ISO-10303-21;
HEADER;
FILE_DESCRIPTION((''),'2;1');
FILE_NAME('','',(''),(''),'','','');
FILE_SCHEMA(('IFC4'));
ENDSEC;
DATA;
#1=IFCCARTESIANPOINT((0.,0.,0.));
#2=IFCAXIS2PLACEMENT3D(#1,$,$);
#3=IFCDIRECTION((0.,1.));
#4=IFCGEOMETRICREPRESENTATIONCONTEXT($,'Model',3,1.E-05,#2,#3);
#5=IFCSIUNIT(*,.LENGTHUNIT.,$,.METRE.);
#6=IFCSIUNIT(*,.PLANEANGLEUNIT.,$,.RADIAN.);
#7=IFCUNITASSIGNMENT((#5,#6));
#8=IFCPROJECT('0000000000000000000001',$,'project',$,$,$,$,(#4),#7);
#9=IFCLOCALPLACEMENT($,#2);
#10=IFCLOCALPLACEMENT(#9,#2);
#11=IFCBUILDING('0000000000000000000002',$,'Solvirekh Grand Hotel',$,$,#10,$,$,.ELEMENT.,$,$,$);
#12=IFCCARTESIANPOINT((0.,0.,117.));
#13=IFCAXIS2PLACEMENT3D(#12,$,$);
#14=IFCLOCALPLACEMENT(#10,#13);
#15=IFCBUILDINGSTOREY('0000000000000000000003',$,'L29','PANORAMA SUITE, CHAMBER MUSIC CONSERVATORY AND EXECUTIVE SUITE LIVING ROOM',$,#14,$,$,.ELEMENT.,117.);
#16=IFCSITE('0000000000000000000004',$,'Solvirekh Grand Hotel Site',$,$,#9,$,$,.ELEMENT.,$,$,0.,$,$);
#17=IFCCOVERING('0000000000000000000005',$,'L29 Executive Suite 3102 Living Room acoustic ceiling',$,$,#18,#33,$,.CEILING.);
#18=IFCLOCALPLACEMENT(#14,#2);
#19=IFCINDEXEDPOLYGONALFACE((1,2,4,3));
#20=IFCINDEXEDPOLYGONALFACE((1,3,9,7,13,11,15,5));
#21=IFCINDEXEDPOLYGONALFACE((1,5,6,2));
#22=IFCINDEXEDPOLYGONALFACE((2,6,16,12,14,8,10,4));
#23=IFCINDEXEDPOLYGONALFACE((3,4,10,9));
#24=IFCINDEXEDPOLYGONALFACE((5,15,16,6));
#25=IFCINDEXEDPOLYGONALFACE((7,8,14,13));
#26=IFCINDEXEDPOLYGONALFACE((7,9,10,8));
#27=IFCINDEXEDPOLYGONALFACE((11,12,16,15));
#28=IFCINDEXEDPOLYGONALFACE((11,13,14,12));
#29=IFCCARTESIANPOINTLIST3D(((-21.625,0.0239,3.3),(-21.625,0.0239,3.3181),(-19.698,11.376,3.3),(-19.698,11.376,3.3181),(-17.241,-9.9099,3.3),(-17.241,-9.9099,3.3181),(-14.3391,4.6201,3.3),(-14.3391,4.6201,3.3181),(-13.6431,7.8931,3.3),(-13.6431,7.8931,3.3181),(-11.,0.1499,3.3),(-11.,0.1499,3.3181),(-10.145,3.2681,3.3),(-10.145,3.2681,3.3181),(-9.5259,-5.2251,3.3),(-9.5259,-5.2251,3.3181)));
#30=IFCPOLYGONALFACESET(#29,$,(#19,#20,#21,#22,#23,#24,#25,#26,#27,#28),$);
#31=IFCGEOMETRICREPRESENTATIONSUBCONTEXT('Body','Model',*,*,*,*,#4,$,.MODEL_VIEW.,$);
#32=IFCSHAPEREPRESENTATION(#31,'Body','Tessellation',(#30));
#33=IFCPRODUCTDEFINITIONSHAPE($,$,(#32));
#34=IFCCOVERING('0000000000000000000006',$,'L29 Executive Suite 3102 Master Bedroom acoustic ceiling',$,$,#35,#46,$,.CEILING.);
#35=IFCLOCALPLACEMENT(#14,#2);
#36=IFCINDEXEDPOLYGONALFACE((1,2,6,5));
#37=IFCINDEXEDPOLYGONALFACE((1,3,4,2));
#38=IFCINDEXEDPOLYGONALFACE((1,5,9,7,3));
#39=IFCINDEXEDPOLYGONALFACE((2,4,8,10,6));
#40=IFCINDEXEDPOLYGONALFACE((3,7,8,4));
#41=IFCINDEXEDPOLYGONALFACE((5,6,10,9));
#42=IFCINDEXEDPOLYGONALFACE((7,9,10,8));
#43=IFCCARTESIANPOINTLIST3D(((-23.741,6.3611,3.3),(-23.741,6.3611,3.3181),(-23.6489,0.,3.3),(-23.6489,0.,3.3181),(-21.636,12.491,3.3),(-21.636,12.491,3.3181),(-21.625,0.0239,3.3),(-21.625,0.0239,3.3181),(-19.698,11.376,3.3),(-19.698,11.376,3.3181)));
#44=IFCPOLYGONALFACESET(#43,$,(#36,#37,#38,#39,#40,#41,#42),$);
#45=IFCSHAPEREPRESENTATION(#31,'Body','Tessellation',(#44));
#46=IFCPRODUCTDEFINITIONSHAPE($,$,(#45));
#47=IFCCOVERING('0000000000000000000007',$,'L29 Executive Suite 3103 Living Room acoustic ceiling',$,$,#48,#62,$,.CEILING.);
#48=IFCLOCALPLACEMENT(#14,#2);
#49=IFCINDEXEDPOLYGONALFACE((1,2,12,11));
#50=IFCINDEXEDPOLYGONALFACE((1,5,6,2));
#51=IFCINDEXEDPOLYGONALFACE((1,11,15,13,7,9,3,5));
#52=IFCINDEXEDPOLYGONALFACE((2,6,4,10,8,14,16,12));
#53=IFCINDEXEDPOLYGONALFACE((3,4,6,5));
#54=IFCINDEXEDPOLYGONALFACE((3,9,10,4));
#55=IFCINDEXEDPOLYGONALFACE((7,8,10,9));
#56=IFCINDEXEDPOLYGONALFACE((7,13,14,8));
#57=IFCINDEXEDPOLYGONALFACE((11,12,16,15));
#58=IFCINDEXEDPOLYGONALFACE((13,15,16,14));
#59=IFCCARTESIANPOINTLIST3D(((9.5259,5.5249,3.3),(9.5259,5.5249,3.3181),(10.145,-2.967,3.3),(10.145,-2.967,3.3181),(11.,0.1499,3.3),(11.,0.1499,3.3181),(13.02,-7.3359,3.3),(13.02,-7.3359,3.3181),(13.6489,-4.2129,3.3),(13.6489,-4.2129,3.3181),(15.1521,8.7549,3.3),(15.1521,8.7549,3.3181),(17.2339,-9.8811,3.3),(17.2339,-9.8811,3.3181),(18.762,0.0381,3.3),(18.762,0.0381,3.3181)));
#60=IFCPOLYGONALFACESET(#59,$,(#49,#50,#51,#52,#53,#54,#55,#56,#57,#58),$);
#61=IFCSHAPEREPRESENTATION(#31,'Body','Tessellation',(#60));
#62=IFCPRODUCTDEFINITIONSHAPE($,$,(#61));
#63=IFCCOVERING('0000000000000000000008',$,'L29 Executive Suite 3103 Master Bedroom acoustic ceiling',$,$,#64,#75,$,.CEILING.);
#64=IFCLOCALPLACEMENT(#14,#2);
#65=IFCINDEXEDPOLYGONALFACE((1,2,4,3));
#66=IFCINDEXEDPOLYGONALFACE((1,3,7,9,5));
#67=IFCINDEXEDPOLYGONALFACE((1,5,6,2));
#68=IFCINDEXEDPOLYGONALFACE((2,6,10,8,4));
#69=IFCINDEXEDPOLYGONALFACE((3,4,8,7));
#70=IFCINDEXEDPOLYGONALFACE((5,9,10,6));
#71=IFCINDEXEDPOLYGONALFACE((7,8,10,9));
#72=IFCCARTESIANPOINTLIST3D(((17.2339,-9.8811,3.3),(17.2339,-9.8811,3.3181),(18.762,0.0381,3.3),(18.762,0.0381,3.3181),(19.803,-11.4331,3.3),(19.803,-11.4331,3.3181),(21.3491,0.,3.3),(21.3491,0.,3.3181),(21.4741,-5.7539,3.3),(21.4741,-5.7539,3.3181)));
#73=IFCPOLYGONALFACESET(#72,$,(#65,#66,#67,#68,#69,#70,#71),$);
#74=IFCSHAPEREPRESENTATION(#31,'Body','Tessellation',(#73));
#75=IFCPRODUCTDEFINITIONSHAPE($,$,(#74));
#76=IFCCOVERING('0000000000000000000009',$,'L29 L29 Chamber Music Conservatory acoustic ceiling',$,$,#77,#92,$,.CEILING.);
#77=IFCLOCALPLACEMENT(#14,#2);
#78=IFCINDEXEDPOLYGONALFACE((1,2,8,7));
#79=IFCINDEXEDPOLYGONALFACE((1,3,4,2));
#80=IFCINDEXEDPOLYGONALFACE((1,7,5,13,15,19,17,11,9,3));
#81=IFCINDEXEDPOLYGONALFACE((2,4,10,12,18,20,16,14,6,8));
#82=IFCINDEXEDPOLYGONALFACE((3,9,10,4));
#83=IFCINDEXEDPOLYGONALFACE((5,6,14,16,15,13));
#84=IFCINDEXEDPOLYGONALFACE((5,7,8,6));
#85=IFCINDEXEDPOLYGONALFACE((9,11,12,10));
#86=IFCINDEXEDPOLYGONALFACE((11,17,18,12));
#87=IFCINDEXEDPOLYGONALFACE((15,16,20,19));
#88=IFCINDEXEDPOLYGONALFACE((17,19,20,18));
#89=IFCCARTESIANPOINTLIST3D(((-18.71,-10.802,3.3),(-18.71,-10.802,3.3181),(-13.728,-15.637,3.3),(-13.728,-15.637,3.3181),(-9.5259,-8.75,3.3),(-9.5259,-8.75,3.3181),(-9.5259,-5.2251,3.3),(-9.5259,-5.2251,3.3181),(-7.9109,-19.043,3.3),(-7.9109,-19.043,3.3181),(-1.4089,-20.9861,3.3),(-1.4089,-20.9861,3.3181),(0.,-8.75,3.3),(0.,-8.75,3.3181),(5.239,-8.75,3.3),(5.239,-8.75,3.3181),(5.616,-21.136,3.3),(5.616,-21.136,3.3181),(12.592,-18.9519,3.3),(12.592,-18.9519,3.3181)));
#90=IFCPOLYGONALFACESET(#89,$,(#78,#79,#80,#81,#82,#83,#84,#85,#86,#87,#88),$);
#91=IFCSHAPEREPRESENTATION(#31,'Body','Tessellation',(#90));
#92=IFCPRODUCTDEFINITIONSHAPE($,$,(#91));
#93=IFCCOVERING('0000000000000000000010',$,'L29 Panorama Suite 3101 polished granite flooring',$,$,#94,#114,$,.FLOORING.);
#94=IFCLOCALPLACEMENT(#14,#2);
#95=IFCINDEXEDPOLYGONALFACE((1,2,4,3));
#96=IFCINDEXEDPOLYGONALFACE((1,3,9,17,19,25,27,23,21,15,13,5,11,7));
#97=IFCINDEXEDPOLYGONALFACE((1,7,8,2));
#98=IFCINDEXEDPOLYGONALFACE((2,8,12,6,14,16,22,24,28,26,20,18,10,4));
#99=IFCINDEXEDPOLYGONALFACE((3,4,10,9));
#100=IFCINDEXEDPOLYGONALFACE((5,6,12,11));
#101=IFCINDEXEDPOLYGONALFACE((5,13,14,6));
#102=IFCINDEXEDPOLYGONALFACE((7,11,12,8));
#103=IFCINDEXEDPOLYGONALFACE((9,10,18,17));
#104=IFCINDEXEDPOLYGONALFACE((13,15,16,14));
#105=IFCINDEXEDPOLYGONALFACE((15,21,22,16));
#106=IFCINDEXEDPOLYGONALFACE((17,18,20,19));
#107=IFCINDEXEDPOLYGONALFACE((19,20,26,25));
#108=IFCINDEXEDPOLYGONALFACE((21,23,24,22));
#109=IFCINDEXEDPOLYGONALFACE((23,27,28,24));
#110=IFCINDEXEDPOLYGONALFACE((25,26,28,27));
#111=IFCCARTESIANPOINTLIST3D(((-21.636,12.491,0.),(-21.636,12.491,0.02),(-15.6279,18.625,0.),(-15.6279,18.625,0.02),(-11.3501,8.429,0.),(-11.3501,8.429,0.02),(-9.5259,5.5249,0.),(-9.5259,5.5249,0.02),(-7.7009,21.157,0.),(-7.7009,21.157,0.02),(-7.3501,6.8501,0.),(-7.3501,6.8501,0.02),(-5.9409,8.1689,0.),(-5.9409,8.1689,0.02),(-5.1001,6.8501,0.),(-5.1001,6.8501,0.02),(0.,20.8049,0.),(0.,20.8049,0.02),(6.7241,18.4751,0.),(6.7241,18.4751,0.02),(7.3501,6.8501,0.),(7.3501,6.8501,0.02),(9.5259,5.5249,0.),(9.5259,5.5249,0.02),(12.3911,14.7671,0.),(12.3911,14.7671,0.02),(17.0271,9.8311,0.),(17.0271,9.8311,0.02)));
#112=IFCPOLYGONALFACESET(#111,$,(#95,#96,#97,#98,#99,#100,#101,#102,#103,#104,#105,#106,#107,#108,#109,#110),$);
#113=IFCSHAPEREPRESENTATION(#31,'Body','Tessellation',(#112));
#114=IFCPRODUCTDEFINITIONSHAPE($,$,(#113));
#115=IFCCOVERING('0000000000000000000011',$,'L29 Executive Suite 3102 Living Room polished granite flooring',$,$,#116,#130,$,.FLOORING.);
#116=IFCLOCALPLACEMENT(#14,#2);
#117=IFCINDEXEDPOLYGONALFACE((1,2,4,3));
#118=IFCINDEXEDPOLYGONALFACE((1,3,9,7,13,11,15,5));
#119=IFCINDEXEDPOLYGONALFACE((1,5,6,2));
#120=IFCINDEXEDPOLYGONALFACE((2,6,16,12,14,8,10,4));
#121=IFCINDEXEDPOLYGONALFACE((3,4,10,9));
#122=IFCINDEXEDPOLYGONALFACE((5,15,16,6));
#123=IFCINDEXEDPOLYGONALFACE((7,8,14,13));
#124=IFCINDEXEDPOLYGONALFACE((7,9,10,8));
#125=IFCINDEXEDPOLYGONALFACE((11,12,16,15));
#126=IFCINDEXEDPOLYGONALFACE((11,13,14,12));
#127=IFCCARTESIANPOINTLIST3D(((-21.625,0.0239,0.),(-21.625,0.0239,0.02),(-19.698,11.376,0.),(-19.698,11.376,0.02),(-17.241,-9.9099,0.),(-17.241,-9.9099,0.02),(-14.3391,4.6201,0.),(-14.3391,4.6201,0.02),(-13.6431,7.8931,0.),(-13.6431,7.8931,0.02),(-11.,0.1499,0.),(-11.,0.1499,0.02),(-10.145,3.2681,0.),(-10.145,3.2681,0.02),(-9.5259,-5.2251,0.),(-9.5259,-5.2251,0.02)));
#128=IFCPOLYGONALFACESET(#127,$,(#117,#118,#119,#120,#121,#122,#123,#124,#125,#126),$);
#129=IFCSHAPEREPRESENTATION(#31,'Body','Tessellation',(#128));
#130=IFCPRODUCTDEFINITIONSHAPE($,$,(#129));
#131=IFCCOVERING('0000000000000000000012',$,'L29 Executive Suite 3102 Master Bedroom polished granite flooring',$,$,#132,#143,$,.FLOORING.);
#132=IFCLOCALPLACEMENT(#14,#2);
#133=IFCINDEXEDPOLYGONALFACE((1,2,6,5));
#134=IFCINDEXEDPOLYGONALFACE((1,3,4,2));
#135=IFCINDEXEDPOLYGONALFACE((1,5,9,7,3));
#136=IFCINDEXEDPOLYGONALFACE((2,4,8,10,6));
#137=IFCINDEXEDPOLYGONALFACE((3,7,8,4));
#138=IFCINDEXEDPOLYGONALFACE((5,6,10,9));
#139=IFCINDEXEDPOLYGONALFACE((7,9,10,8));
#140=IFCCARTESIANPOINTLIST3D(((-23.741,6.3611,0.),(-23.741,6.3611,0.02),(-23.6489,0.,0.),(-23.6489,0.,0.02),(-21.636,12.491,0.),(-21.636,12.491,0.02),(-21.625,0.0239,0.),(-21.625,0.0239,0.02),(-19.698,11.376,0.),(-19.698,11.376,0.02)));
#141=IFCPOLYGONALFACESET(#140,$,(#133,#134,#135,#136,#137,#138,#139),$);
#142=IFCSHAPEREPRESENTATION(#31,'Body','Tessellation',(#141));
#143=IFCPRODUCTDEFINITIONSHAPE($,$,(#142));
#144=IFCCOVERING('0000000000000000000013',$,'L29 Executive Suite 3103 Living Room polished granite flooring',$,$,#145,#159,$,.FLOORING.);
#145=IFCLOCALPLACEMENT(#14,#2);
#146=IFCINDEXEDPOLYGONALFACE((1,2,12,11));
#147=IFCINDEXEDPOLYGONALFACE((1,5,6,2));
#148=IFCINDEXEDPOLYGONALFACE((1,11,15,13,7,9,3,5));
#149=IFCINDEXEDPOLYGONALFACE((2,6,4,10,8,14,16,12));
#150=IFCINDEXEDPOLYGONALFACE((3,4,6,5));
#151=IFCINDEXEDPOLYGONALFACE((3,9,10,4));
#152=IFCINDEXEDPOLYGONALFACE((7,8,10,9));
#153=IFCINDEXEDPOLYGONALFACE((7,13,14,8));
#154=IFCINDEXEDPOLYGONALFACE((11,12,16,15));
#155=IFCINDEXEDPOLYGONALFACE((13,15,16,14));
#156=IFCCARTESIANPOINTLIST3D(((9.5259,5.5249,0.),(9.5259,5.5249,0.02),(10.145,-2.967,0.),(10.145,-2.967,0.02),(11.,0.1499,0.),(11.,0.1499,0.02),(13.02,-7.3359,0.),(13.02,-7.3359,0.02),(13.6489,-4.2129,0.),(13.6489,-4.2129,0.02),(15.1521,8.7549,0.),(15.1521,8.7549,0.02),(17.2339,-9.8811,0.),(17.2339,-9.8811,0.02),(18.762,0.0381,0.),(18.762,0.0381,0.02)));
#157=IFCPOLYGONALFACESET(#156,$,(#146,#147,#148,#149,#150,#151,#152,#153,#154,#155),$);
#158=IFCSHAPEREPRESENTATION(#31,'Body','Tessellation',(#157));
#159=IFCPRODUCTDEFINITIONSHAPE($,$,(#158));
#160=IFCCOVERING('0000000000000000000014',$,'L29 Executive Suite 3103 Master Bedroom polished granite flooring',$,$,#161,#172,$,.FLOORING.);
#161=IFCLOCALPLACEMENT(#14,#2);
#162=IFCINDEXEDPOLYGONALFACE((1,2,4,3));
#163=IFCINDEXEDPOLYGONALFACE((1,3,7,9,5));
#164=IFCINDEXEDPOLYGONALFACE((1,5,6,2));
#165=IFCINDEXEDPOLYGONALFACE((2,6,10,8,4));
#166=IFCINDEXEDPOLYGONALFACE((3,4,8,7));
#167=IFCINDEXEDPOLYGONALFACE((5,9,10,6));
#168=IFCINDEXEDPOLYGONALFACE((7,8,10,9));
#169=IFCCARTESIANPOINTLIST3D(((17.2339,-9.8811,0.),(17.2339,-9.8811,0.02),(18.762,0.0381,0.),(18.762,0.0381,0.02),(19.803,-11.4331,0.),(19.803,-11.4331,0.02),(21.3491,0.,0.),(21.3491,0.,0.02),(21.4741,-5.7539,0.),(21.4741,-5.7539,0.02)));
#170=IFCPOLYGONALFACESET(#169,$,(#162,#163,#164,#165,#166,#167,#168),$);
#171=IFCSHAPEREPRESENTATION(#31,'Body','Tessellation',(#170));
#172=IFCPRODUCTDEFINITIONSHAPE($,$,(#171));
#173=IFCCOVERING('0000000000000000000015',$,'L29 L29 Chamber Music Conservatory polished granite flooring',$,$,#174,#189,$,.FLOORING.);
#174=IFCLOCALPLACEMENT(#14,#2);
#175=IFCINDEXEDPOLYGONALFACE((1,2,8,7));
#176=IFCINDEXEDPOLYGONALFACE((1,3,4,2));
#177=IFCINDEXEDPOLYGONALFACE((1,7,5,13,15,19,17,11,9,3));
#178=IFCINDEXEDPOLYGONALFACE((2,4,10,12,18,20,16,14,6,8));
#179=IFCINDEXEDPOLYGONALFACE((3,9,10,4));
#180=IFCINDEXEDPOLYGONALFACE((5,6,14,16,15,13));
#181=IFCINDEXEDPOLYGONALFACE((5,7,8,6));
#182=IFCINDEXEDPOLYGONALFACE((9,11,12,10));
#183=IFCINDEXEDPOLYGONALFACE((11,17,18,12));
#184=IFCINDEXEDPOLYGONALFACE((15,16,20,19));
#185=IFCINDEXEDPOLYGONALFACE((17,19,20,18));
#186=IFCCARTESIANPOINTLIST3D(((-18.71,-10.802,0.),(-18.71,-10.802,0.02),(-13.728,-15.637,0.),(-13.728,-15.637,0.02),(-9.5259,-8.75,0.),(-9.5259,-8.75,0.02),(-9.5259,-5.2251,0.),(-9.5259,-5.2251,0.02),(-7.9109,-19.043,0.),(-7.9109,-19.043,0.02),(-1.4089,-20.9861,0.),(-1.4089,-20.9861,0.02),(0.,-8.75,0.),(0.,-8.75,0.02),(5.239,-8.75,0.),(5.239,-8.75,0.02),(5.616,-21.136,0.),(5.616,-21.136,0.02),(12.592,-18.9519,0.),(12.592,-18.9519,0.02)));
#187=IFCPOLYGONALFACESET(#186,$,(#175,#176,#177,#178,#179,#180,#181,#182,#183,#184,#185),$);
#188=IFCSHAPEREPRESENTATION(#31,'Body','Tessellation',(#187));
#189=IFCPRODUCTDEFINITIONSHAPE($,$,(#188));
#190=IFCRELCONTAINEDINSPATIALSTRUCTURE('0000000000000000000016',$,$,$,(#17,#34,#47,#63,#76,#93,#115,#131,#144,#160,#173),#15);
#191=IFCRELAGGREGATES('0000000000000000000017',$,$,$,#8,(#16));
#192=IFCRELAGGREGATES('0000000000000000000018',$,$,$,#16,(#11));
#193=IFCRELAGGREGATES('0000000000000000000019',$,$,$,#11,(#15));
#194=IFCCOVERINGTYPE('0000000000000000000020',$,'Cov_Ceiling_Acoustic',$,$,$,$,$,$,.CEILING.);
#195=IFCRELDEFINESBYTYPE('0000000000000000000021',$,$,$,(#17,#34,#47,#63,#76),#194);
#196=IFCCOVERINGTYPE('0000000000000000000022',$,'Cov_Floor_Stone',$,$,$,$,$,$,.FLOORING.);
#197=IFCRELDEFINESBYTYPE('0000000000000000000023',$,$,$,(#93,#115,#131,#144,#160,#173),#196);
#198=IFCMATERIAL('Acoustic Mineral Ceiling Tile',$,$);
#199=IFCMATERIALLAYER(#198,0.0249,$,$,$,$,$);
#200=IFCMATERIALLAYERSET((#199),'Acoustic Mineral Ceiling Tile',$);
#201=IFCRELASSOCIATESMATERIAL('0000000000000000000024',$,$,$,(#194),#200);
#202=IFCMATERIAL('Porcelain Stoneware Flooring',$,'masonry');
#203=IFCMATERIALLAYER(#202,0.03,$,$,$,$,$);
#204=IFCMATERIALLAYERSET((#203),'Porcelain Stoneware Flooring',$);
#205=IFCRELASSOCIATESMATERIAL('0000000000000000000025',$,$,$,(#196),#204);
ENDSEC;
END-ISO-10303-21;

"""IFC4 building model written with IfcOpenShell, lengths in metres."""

from ifc_helpers import new_model, si_unit, direction, frame, origin, place, context, subcontext, project, spatial, polyline, outline, extrude, material, layer, layer_set, type_object, element, save


model = new_model("IFC4")

# Units and contexts
model_context = context("Model", 3, precision=1e-05, world=origin(), true_north=direction((0.0, 1.0)))
body_context = subcontext(model_context, "Body", "Model", "MODEL_VIEW")
ifc_project = project(units=[si_unit("LENGTHUNIT", "METRE"), si_unit("PLANEANGLEUNIT", "RADIAN")], contexts=[model_context])

# Site, building, storey
site_placement = place(None, origin())
site = spatial("IfcSite", under=ifc_project, at=site_placement, Name="Solvirekh Grand Hotel Site", CompositionType="ELEMENT", RefElevation=0.0)
building_placement = place(site_placement, origin())
building = spatial("IfcBuilding", under=site, at=building_placement, Name="Solvirekh Grand Hotel", CompositionType="ELEMENT")
storey_placement = place(building_placement, frame((0.0, 0.0, 117.0)))
storey = spatial("IfcBuildingStorey", under=building, at=storey_placement, Name="L29", Description="PANORAMA SUITE, CHAMBER MUSIC CONSERVATORY AND EXECUTIVE SUITE LIVING ROOM", CompositionType="ELEMENT", Elevation=117.0)

# Coverings
ifc_material_1 = material(Name="Acoustic Mineral Ceiling Tile")
ifc_layer_1 = layer(ifc_material_1, 0.0249)
ifc_layer_set_1 = layer_set([ifc_layer_1], Name="Acoustic Mineral Ceiling Tile")
covering_type_1 = type_object("IfcCoveringType", Name="Cov_Ceiling_Acoustic", PredefinedType="CEILING", material=ifc_layer_set_1)
covering_1_placement = place(storey_placement, frame((0.0, 0.0, 3.3)))
element("IfcCovering", 1, at=covering_1_placement, inside=storey, type_object=covering_type_1, Name="L29 Executive Suite 3102 Living Room acoustic ceiling", PredefinedType="CEILING", context=body_context, shape_type="SweptSolid", body=[
    extrude(outline(polyline([(-14.3391, 4.6201), (-13.6431, 7.8931), (-19.698, 11.376), (-21.625, 0.0239), (-17.241, -9.9099), (-9.5259, -5.2251), (-11.0, 0.1499), (-10.145, 3.2681), (-14.3391, 4.6201)])), origin(), (0.0, 0.0, 1.0), 0.0181),
])
covering_2_placement = place(storey_placement, frame((0.0, 0.0, 3.3)))
element("IfcCovering", 2, at=covering_2_placement, inside=storey, type_object=covering_type_1, Name="L29 Executive Suite 3102 Master Bedroom acoustic ceiling", PredefinedType="CEILING", context=body_context, shape_type="SweptSolid", body=[
    extrude(outline(polyline([(-21.636, 12.491), (-23.741, 6.3611), (-23.6489, 0.0), (-21.625, 0.0239), (-19.698, 11.376), (-21.636, 12.491)])), origin(), (0.0, 0.0, 1.0), 0.0181),
])
covering_3_placement = place(storey_placement, frame((0.0, 0.0, 3.3)))
element("IfcCovering", 3, at=covering_3_placement, inside=storey, type_object=covering_type_1, Name="L29 Executive Suite 3103 Living Room acoustic ceiling", PredefinedType="CEILING", context=body_context, shape_type="SweptSolid", body=[
    extrude(outline(polyline([(13.6489, -4.2129), (13.02, -7.3359), (17.2339, -9.8811), (18.762, 0.0381), (15.1521, 8.7549), (9.5259, 5.5249), (11.0, 0.1499), (10.145, -2.967), (13.6489, -4.2129)])), origin(), (0.0, 0.0, 1.0), 0.0181),
])
covering_4_placement = place(storey_placement, frame((0.0, 0.0, 3.3)))
element("IfcCovering", 4, at=covering_4_placement, inside=storey, type_object=covering_type_1, Name="L29 Executive Suite 3103 Master Bedroom acoustic ceiling", PredefinedType="CEILING", context=body_context, shape_type="SweptSolid", body=[
    extrude(outline(polyline([(19.803, -11.4331), (21.4741, -5.7539), (21.3491, 0.0), (18.762, 0.0381), (17.2339, -9.8811), (19.803, -11.4331)])), origin(), (0.0, 0.0, 1.0), 0.0181),
])
covering_5_placement = place(storey_placement, frame((0.0, 0.0, 3.3)))
element("IfcCovering", 5, at=covering_5_placement, inside=storey, type_object=covering_type_1, Name="L29 L29 Chamber Music Conservatory acoustic ceiling", PredefinedType="CEILING", context=body_context, shape_type="SweptSolid", body=[
    extrude(outline(polyline([(-18.71, -10.802), (-13.728, -15.637), (-7.9109, -19.043), (-1.4089, -20.9861), (5.616, -21.136), (12.592, -18.9519), (5.239, -8.75), (0.0, -8.75), (-9.5259, -8.75), (-9.5259, -5.2251), (-18.71, -10.802)])), origin(), (0.0, 0.0, 1.0), 0.0181),
])
ifc_material_2 = material(Name="Porcelain Stoneware Flooring", Category="masonry")
ifc_layer_2 = layer(ifc_material_2, 0.03)
ifc_layer_set_2 = layer_set([ifc_layer_2], Name="Porcelain Stoneware Flooring")
covering_type_2 = type_object("IfcCoveringType", Name="Cov_Floor_Stone", PredefinedType="FLOORING", material=ifc_layer_set_2)
covering_6_placement = place(storey_placement, origin())
element("IfcCovering", 6, at=covering_6_placement, inside=storey, type_object=covering_type_2, Name="L29 Panorama Suite 3101 polished granite flooring", PredefinedType="FLOORING", context=body_context, shape_type="SweptSolid", body=[
    extrude(outline(polyline([(-7.3501, 6.8501), (-11.3501, 8.429), (-5.9409, 8.1689), (-5.1001, 6.8501), (7.3501, 6.8501), (9.5259, 5.5249), (17.0271, 9.8311), (12.3911, 14.7671), (6.7241, 18.4751), (0.0, 20.8049), (-7.7009, 21.157), (-15.6279, 18.625), (-21.636, 12.491), (-9.5259, 5.5249), (-7.3501, 6.8501)])), origin(), (0.0, 0.0, 1.0), 0.02),
])
covering_7_placement = place(storey_placement, origin())
element("IfcCovering", 7, at=covering_7_placement, inside=storey, type_object=covering_type_2, Name="L29 Executive Suite 3102 Living Room polished granite flooring", PredefinedType="FLOORING", context=body_context, shape_type="SweptSolid", body=[
    extrude(outline(polyline([(-14.3391, 4.6201), (-13.6431, 7.8931), (-19.698, 11.376), (-21.625, 0.0239), (-17.241, -9.9099), (-9.5259, -5.2251), (-11.0, 0.1499), (-10.145, 3.2681), (-14.3391, 4.6201)])), origin(), (0.0, 0.0, 1.0), 0.02),
])
covering_8_placement = place(storey_placement, origin())
element("IfcCovering", 8, at=covering_8_placement, inside=storey, type_object=covering_type_2, Name="L29 Executive Suite 3102 Master Bedroom polished granite flooring", PredefinedType="FLOORING", context=body_context, shape_type="SweptSolid", body=[
    extrude(outline(polyline([(-21.636, 12.491), (-23.741, 6.3611), (-23.6489, 0.0), (-21.625, 0.0239), (-19.698, 11.376), (-21.636, 12.491)])), origin(), (0.0, 0.0, 1.0), 0.02),
])
covering_9_placement = place(storey_placement, origin())
element("IfcCovering", 9, at=covering_9_placement, inside=storey, type_object=covering_type_2, Name="L29 Executive Suite 3103 Living Room polished granite flooring", PredefinedType="FLOORING", context=body_context, shape_type="SweptSolid", body=[
    extrude(outline(polyline([(13.6489, -4.2129), (13.02, -7.3359), (17.2339, -9.8811), (18.762, 0.0381), (15.1521, 8.7549), (9.5259, 5.5249), (11.0, 0.1499), (10.145, -2.967), (13.6489, -4.2129)])), origin(), (0.0, 0.0, 1.0), 0.02),
])
covering_10_placement = place(storey_placement, origin())
element("IfcCovering", 10, at=covering_10_placement, inside=storey, type_object=covering_type_2, Name="L29 Executive Suite 3103 Master Bedroom polished granite flooring", PredefinedType="FLOORING", context=body_context, shape_type="SweptSolid", body=[
    extrude(outline(polyline([(19.803, -11.4331), (21.4741, -5.7539), (21.3491, 0.0), (18.762, 0.0381), (17.2339, -9.8811), (19.803, -11.4331)])), origin(), (0.0, 0.0, 1.0), 0.02),
])
covering_11_placement = place(storey_placement, origin())
element("IfcCovering", 11, at=covering_11_placement, inside=storey, type_object=covering_type_2, Name="L29 L29 Chamber Music Conservatory polished granite flooring", PredefinedType="FLOORING", context=body_context, shape_type="SweptSolid", body=[
    extrude(outline(polyline([(-18.71, -10.802), (-13.728, -15.637), (-7.9109, -19.043), (-1.4089, -20.9861), (5.616, -21.136), (12.592, -18.9519), (5.239, -8.75), (0.0, -8.75), (-9.5259, -8.75), (-9.5259, -5.2251), (-18.71, -10.802)])), origin(), (0.0, 0.0, 1.0), 0.02),
])

save(model, "model.ifc")
